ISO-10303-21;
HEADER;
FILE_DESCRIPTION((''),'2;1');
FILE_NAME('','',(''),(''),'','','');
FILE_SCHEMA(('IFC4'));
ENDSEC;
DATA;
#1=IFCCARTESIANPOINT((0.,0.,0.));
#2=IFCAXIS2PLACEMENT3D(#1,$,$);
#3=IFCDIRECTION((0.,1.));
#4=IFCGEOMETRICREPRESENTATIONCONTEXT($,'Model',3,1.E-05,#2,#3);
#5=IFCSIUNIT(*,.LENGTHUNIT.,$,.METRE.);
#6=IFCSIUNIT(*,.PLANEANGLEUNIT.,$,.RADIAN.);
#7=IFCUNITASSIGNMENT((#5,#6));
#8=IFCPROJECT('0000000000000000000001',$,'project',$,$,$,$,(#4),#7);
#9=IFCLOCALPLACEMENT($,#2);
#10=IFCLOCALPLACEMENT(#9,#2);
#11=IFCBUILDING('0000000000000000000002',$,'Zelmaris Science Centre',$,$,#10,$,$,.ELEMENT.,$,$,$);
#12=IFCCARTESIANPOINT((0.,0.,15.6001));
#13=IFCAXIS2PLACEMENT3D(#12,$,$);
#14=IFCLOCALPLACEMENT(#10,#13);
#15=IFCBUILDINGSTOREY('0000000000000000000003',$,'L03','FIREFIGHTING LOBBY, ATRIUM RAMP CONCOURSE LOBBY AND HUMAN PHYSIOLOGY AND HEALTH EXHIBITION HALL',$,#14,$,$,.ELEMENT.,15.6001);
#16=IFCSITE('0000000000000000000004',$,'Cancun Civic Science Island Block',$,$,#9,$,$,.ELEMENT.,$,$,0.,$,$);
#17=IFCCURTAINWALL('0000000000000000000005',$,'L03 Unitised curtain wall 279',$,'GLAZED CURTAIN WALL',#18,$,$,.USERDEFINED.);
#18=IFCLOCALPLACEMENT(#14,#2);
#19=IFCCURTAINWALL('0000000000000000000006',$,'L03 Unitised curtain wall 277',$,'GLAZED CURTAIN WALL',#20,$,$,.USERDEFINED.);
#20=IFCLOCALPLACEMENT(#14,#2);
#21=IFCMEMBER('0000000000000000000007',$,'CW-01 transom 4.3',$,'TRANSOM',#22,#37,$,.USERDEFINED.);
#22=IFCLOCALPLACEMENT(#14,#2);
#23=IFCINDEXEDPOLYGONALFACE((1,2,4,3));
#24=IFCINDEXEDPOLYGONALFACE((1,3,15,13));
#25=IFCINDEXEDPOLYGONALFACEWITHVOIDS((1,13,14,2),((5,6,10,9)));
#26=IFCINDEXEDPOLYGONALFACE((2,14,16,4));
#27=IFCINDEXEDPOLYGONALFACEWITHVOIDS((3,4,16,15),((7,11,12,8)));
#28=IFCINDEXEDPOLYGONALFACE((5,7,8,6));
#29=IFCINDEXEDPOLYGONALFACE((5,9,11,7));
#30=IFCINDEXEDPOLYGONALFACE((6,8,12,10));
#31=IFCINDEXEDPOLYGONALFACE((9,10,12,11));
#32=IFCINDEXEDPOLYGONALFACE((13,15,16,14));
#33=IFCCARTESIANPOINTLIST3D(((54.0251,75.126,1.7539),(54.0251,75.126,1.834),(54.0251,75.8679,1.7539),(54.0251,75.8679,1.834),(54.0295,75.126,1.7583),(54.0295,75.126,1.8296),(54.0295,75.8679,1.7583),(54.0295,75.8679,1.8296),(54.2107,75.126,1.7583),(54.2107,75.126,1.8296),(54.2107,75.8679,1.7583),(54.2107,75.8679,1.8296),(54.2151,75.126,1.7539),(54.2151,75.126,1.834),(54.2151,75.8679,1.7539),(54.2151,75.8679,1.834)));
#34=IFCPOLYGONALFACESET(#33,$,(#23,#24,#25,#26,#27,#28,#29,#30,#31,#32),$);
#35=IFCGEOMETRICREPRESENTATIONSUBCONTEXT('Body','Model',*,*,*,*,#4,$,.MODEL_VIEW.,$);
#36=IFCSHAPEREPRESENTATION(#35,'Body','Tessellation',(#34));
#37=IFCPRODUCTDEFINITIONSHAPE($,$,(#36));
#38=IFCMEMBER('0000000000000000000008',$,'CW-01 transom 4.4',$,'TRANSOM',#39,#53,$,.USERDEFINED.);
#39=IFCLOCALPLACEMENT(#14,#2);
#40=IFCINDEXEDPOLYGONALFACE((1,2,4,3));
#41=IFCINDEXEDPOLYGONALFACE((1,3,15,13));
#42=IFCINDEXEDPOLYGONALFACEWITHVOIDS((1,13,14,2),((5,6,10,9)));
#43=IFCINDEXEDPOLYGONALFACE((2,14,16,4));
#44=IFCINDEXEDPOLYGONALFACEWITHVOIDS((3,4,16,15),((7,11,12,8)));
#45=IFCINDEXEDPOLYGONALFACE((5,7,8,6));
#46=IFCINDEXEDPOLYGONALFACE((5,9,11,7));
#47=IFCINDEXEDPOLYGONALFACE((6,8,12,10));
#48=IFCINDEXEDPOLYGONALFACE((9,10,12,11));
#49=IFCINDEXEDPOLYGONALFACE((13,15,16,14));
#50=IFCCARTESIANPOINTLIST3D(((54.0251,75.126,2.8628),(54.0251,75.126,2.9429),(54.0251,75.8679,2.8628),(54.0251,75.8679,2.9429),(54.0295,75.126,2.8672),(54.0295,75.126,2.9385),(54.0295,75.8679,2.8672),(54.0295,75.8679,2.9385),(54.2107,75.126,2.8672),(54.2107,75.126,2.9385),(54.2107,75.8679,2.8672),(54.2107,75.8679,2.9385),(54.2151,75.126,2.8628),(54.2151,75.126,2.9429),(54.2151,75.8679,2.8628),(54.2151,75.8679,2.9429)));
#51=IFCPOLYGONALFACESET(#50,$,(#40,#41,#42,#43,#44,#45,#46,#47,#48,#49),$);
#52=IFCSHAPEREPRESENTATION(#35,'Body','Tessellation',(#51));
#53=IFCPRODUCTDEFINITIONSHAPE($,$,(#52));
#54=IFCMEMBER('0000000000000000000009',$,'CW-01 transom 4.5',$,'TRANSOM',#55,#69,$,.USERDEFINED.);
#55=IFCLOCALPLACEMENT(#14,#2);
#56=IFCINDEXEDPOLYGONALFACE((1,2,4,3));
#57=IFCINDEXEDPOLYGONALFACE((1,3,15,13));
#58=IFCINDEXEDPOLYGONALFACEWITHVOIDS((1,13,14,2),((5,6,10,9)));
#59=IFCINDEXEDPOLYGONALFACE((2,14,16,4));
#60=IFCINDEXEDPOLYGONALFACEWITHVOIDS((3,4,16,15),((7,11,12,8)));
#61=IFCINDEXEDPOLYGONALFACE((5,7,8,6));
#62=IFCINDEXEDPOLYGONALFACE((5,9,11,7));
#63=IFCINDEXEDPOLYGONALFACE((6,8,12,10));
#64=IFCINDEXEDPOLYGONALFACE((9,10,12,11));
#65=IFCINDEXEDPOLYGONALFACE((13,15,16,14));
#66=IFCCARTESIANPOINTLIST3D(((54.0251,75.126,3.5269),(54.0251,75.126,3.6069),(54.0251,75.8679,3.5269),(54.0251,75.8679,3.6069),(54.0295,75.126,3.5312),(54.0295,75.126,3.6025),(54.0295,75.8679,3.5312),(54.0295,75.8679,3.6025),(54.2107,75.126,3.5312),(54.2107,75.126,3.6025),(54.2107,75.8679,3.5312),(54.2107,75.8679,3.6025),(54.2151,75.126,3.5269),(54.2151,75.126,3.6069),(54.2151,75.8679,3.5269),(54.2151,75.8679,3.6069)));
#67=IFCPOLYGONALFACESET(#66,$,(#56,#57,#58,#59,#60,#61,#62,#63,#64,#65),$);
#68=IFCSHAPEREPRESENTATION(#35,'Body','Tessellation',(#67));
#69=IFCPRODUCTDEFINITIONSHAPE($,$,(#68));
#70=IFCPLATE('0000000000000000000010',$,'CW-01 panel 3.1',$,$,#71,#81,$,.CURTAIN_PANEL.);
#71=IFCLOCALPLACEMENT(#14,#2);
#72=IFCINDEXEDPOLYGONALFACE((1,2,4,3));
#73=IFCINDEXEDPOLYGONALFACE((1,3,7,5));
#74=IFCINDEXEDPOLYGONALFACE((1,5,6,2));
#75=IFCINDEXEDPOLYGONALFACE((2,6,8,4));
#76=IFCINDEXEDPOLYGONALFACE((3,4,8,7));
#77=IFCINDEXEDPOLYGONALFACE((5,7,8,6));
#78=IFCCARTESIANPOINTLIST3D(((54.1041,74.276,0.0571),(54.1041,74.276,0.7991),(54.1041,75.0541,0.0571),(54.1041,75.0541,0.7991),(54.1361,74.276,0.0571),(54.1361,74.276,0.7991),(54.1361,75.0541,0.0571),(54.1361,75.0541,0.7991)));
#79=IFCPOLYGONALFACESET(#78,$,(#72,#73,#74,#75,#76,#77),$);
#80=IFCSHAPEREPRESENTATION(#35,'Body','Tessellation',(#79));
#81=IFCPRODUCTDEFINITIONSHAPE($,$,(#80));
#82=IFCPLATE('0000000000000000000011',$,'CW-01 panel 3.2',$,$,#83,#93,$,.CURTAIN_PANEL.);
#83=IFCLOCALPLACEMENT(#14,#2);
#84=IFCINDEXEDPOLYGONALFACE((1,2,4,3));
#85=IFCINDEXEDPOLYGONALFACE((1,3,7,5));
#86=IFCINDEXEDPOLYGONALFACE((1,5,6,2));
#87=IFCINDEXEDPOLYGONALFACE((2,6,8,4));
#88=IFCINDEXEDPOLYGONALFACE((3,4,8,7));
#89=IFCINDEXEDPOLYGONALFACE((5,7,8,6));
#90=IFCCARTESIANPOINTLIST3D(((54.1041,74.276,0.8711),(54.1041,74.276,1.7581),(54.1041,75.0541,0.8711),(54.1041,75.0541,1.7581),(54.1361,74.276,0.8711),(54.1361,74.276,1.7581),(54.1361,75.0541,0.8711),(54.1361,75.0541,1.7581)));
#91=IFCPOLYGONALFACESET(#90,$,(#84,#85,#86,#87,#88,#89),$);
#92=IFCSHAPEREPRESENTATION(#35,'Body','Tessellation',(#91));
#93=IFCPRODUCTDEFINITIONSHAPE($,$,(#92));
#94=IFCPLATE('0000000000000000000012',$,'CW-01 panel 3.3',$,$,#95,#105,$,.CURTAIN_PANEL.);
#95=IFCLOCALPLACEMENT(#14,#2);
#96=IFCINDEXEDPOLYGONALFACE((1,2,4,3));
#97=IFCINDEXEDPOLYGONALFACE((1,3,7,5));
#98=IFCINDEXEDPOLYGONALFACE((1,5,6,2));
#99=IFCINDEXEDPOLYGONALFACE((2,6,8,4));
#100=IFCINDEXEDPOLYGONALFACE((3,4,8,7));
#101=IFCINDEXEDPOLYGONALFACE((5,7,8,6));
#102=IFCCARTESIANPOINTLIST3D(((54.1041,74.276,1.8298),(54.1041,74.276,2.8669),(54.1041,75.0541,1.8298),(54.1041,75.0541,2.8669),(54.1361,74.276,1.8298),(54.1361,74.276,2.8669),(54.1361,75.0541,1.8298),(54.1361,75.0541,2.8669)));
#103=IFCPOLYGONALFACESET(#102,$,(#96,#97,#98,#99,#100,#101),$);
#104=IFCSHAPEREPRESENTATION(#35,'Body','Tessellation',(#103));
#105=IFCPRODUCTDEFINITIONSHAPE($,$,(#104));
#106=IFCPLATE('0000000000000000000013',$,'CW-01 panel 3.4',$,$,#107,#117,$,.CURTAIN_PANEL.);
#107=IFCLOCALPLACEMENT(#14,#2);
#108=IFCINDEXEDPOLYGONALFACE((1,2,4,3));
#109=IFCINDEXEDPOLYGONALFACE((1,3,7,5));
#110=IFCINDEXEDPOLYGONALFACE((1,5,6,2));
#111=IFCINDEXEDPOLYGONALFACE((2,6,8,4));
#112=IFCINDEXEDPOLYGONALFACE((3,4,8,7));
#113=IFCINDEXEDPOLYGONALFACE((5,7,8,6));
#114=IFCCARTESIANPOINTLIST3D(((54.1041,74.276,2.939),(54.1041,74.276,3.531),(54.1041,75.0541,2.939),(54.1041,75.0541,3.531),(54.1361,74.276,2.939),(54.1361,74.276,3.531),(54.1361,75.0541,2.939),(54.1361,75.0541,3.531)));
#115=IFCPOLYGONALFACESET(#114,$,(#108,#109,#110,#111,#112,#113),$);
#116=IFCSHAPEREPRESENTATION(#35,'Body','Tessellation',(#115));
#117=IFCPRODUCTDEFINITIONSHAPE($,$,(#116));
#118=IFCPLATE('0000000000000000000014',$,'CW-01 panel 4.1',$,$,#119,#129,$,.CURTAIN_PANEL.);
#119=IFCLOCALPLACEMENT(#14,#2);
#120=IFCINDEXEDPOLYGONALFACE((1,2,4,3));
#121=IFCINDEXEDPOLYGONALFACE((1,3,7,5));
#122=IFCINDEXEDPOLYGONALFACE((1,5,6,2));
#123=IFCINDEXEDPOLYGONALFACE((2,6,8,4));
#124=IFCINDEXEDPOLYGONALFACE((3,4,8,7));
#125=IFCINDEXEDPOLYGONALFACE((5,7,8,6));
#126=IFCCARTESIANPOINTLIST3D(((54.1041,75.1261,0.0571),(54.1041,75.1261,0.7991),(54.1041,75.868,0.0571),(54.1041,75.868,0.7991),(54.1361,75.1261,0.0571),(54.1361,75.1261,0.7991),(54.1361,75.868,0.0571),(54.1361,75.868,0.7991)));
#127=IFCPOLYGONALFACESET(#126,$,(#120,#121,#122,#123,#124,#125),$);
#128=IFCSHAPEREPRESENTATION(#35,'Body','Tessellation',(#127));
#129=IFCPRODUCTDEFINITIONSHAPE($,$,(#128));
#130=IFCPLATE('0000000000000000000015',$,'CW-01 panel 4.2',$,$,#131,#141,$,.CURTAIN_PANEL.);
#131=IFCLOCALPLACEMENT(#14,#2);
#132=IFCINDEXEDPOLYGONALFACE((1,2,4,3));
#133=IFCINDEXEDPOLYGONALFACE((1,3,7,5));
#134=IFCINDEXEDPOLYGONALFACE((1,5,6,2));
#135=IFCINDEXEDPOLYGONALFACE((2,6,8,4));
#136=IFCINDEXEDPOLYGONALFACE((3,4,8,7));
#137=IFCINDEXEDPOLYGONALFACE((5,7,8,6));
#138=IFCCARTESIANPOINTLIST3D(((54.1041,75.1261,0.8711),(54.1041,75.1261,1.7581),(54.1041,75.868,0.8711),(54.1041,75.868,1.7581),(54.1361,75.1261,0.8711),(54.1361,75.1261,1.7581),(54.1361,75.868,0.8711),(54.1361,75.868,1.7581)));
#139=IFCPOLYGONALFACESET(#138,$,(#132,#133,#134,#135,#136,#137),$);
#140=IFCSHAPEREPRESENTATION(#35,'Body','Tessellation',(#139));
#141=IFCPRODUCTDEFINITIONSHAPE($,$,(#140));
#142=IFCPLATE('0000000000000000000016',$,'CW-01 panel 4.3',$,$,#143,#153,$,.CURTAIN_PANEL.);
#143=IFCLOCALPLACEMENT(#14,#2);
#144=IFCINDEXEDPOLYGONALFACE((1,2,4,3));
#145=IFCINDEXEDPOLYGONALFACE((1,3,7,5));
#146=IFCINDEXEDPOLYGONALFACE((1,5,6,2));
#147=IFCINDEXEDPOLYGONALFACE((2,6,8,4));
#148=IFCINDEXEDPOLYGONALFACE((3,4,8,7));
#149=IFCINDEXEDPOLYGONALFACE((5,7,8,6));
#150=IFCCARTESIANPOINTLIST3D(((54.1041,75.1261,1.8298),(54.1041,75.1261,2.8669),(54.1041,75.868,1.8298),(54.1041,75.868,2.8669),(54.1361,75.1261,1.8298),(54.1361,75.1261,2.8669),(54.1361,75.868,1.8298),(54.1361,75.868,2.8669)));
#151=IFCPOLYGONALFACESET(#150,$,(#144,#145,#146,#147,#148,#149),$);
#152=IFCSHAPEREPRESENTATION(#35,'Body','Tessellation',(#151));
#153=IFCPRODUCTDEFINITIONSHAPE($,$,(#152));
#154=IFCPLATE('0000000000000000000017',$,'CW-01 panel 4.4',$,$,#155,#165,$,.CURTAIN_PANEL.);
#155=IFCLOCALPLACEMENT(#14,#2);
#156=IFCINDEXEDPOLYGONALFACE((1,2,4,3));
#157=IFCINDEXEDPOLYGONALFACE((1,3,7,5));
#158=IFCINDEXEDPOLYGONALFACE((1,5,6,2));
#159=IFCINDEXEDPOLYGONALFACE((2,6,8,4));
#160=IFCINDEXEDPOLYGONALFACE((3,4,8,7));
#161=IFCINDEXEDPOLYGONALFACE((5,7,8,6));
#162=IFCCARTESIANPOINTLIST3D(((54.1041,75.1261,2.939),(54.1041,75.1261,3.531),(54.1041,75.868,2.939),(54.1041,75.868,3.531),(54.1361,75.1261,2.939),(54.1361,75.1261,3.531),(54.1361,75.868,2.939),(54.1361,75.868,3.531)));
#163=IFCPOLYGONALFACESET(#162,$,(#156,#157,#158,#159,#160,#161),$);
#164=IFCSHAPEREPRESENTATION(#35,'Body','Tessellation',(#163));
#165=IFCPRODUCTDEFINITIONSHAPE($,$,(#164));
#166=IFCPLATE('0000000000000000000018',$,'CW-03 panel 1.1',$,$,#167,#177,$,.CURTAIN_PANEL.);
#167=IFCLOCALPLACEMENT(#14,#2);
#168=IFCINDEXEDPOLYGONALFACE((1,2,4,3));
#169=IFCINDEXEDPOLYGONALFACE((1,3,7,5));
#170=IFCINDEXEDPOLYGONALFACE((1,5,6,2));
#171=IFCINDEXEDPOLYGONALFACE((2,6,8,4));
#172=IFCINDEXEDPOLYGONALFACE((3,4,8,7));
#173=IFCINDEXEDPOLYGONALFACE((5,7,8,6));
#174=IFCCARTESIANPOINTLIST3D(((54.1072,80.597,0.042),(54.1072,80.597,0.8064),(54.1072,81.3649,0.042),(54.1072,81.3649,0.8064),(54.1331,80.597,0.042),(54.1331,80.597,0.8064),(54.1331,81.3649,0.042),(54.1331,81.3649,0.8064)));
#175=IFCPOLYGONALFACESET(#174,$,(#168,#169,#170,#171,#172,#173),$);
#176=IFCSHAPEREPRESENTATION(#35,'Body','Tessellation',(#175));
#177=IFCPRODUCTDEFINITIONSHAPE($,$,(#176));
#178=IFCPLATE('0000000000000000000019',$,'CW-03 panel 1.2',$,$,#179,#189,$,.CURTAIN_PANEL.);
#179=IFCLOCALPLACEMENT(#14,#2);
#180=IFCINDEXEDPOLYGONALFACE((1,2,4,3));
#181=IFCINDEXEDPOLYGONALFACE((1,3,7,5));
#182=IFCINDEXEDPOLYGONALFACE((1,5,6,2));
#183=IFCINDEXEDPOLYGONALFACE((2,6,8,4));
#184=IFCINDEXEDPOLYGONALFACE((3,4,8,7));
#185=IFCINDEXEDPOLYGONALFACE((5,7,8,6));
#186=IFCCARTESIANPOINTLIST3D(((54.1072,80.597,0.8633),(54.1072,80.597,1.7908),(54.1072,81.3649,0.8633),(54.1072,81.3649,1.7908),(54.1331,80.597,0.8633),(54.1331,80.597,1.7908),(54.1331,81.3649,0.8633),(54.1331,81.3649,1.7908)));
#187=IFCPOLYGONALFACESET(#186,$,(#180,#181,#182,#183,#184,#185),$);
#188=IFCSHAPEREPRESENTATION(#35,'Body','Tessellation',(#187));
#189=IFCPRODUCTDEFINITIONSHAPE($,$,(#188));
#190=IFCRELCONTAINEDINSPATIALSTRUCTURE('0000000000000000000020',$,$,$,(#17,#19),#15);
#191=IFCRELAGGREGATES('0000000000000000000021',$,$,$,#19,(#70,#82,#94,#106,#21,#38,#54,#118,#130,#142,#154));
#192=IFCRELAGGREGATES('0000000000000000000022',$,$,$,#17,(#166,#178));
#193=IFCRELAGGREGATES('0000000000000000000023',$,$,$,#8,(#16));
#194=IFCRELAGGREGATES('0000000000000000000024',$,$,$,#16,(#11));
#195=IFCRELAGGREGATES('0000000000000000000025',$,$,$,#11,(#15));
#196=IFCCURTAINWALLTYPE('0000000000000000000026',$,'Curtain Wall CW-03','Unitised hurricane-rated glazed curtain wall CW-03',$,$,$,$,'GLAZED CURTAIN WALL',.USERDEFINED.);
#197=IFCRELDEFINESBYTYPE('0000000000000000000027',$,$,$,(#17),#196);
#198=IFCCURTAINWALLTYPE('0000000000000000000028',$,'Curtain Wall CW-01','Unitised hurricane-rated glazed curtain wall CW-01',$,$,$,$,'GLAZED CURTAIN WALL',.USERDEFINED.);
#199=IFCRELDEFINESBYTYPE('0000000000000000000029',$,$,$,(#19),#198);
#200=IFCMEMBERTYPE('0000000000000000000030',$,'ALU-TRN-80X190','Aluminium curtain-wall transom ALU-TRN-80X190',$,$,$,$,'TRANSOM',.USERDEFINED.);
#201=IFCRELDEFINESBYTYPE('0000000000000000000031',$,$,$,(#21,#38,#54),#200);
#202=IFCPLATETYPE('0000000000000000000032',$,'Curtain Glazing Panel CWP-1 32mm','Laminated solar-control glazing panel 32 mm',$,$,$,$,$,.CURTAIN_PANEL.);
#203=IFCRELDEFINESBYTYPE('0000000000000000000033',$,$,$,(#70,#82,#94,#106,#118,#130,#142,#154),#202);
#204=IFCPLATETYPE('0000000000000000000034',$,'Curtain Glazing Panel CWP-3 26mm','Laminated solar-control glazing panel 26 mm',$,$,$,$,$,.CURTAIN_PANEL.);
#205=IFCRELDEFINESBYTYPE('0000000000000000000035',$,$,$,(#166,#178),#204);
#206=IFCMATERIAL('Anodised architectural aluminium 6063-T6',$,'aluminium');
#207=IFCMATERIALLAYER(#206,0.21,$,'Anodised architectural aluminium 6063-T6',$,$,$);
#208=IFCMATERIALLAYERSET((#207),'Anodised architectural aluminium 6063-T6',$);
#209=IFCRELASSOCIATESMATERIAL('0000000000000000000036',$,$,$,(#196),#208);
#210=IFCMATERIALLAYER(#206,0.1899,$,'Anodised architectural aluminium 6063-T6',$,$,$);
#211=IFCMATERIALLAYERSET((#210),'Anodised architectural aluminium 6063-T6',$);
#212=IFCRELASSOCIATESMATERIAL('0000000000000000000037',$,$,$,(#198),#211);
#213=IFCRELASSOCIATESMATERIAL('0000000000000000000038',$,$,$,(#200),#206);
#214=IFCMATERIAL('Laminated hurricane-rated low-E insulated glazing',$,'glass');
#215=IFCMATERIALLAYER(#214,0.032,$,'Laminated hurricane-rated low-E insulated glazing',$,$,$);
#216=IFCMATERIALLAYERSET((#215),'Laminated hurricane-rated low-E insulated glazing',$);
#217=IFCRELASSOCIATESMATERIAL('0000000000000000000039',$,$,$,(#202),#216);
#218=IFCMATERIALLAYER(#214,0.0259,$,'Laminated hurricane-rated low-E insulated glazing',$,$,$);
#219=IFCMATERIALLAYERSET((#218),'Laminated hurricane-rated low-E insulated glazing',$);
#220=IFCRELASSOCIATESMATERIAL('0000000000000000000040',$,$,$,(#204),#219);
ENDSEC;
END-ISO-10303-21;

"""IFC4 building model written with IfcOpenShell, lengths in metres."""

from ifc_helpers import new_model, si_unit, direction, frame, origin, origin_2d, place, context, subcontext, project, spatial, rectangle, hollow_rectangle, extrude, material, layer, layer_set, material_profile, profile_set, type_object, element, aggregate, save


model = new_model("IFC4")

# Units and contexts
model_context = context("Model", 3, precision=1e-05, world=origin(), true_north=direction((0.0, 1.0)))
body_context = subcontext(model_context, "Body", "Model", "MODEL_VIEW")
ifc_project = project(units=[si_unit("LENGTHUNIT", "METRE"), si_unit("PLANEANGLEUNIT", "RADIAN")], contexts=[model_context])

# Site, building, storey
site_placement = place(None, origin())
site = spatial("IfcSite", under=ifc_project, at=site_placement, Name="Cancun Civic Science Island Block", CompositionType="ELEMENT", RefElevation=0.0)
building_placement = place(site_placement, origin())
building = spatial("IfcBuilding", under=site, at=building_placement, Name="Zelmaris Science Centre", CompositionType="ELEMENT")
storey_placement = place(building_placement, frame((0.0, 0.0, 15.6001)))
storey = spatial("IfcBuildingStorey", under=building, at=storey_placement, Name="L03", Description="FIREFIGHTING LOBBY, ATRIUM RAMP CONCOURSE LOBBY AND HUMAN PHYSIOLOGY AND HEALTH EXHIBITION HALL", CompositionType="ELEMENT", Elevation=15.6001)

# Curtain walls
ifc_material_1 = material(Name="Anodised architectural aluminium 6063-T6", Category="aluminium")
ifc_layer_1 = layer(ifc_material_1, 0.21, Name="Anodised architectural aluminium 6063-T6")
ifc_layer_set_1 = layer_set([ifc_layer_1], Name="Anodised architectural aluminium 6063-T6")
curtain_wall_type_1 = type_object("IfcCurtainWallType", Name="Curtain Wall CW-03", Description="Unitised hurricane-rated glazed curtain wall CW-03", ElementType="GLAZED CURTAIN WALL", PredefinedType="USERDEFINED", material=ifc_layer_set_1)
curtain_wall_1_placement = place(storey_placement, origin())
curtain_wall_1 = element("IfcCurtainWall", 1, at=curtain_wall_1_placement, inside=storey, type_object=curtain_wall_type_1, Name="L03 Unitised curtain wall 279", ObjectType="GLAZED CURTAIN WALL", PredefinedType="USERDEFINED")
ifc_layer_2 = layer(ifc_material_1, 0.1899, Name="Anodised architectural aluminium 6063-T6")
ifc_layer_set_2 = layer_set([ifc_layer_2], Name="Anodised architectural aluminium 6063-T6")
curtain_wall_type_2 = type_object("IfcCurtainWallType", Name="Curtain Wall CW-01", Description="Unitised hurricane-rated glazed curtain wall CW-01", ElementType="GLAZED CURTAIN WALL", PredefinedType="USERDEFINED", material=ifc_layer_set_2)
curtain_wall_2_placement = place(storey_placement, origin())
curtain_wall_2 = element("IfcCurtainWall", 2, at=curtain_wall_2_placement, inside=storey, type_object=curtain_wall_type_2, Name="L03 Unitised curtain wall 277", ObjectType="GLAZED CURTAIN WALL", PredefinedType="USERDEFINED")

# Members
ifc_material_profile_1 = material_profile(ifc_material_1, hollow_rectangle(XDim=0.0801, YDim=0.1899, WallThickness=0.0044, at=origin_2d()), Name="ALU-TRN-80X190")
ifc_profile_set_1 = profile_set([ifc_material_profile_1], Name="Anodised architectural aluminium 6063-T6")
member_type_1 = type_object("IfcMemberType", Name="ALU-TRN-80X190", Description="Aluminium curtain-wall transom ALU-TRN-80X190", ElementType="TRANSOM", PredefinedType="USERDEFINED", material=ifc_profile_set_1)
member_1_placement = place(storey_placement, frame((54.1201, 75.126, 1.7939), z_axis=(0.0, 1.0, 0.0), x_axis=(0.0, 0.0, 1.0)))
member_1 = element("IfcMember", 3, at=member_1_placement, type_object=member_type_1, Name="CW-01 transom 4.3", ObjectType="TRANSOM", PredefinedType="USERDEFINED", context=body_context, shape_type="SweptSolid", body=[
    extrude(hollow_rectangle(XDim=0.0801, YDim=0.1899, WallThickness=0.0044, at=origin_2d()), origin(), (0.0, 0.0, 1.0), 0.7419),
])
member_2_placement = place(storey_placement, frame((54.1201, 75.126, 2.9028), z_axis=(0.0, 1.0, 0.0), x_axis=(0.0, 0.0, 1.0)))
member_2 = element("IfcMember", 4, at=member_2_placement, type_object=member_type_1, Name="CW-01 transom 4.4", ObjectType="TRANSOM", PredefinedType="USERDEFINED", context=body_context, shape_type="SweptSolid", body=[
    extrude(hollow_rectangle(XDim=0.0801, YDim=0.1899, WallThickness=0.0044, at=origin_2d()), origin(), (0.0, 0.0, 1.0), 0.7419),
])
member_3_placement = place(storey_placement, frame((54.1201, 75.126, 3.5669), z_axis=(0.0, 1.0, 0.0), x_axis=(0.0, 0.0, 1.0)))
member_3 = element("IfcMember", 5, at=member_3_placement, type_object=member_type_1, Name="CW-01 transom 4.5", ObjectType="TRANSOM", PredefinedType="USERDEFINED", context=body_context, shape_type="SweptSolid", body=[
    extrude(hollow_rectangle(XDim=0.0801, YDim=0.1899, WallThickness=0.0044, at=origin_2d()), origin(), (0.0, 0.0, 1.0), 0.7419),
])

# Plates
ifc_material_2 = material(Name="Laminated hurricane-rated low-E insulated glazing", Category="glass")
ifc_layer_3 = layer(ifc_material_2, 0.032, Name="Laminated hurricane-rated low-E insulated glazing")
ifc_layer_set_3 = layer_set([ifc_layer_3], Name="Laminated hurricane-rated low-E insulated glazing")
plate_type_1 = type_object("IfcPlateType", Name="Curtain Glazing Panel CWP-1 32mm", Description="Laminated solar-control glazing panel 32 mm", PredefinedType="CURTAIN_PANEL", material=ifc_layer_set_3)
plate_1_placement = place(storey_placement, frame((54.1201, 74.665, 0.0571), z_axis=(0.0, 0.0, 1.0), x_axis=(0.0, 1.0, 0.0)))
plate_1 = element("IfcPlate", 6, at=plate_1_placement, type_object=plate_type_1, Name="CW-01 panel 3.1", PredefinedType="CURTAIN_PANEL", context=body_context, shape_type="SweptSolid", body=[
    extrude(rectangle(XDim=0.7781, YDim=0.032, at=origin_2d()), origin(), (0.0, 0.0, 1.0), 0.7419),
])
plate_2_placement = place(storey_placement, frame((54.1201, 74.665, 0.8711), z_axis=(0.0, 0.0, 1.0), x_axis=(0.0, 1.0, 0.0)))
plate_2 = element("IfcPlate", 7, at=plate_2_placement, type_object=plate_type_1, Name="CW-01 panel 3.2", PredefinedType="CURTAIN_PANEL", context=body_context, shape_type="SweptSolid", body=[
    extrude(rectangle(XDim=0.7781, YDim=0.032, at=origin_2d()), origin(), (0.0, 0.0, 1.0), 0.887),
])
plate_3_placement = place(storey_placement, frame((54.1201, 74.665, 1.8298), z_axis=(0.0, 0.0, 1.0), x_axis=(0.0, 1.0, 0.0)))
plate_3 = element("IfcPlate", 8, at=plate_3_placement, type_object=plate_type_1, Name="CW-01 panel 3.3", PredefinedType="CURTAIN_PANEL", context=body_context, shape_type="SweptSolid", body=[
    extrude(rectangle(XDim=0.7781, YDim=0.032, at=origin_2d()), origin(), (0.0, 0.0, 1.0), 1.0371),
])
plate_4_placement = place(storey_placement, frame((54.1201, 74.665, 2.939), z_axis=(0.0, 0.0, 1.0), x_axis=(0.0, 1.0, 0.0)))
plate_4 = element("IfcPlate", 9, at=plate_4_placement, type_object=plate_type_1, Name="CW-01 panel 3.4", PredefinedType="CURTAIN_PANEL", context=body_context, shape_type="SweptSolid", body=[
    extrude(rectangle(XDim=0.7781, YDim=0.032, at=origin_2d()), origin(), (0.0, 0.0, 1.0), 0.592),
])
plate_5_placement = place(storey_placement, frame((54.1201, 75.4971, 0.0571), z_axis=(0.0, 0.0, 1.0), x_axis=(0.0, 1.0, 0.0)))
plate_5 = element("IfcPlate", 10, at=plate_5_placement, type_object=plate_type_1, Name="CW-01 panel 4.1", PredefinedType="CURTAIN_PANEL", context=body_context, shape_type="SweptSolid", body=[
    extrude(rectangle(XDim=0.7419, YDim=0.032, at=origin_2d()), origin(), (0.0, 0.0, 1.0), 0.7419),
])
plate_6_placement = place(storey_placement, frame((54.1201, 75.4971, 0.8711), z_axis=(0.0, 0.0, 1.0), x_axis=(0.0, 1.0, 0.0)))
plate_6 = element("IfcPlate", 11, at=plate_6_placement, type_object=plate_type_1, Name="CW-01 panel 4.2", PredefinedType="CURTAIN_PANEL", context=body_context, shape_type="SweptSolid", body=[
    extrude(rectangle(XDim=0.7419, YDim=0.032, at=origin_2d()), origin(), (0.0, 0.0, 1.0), 0.887),
])
plate_7_placement = place(storey_placement, frame((54.1201, 75.4971, 1.8298), z_axis=(0.0, 0.0, 1.0), x_axis=(0.0, 1.0, 0.0)))
plate_7 = element("IfcPlate", 12, at=plate_7_placement, type_object=plate_type_1, Name="CW-01 panel 4.3", PredefinedType="CURTAIN_PANEL", context=body_context, shape_type="SweptSolid", body=[
    extrude(rectangle(XDim=0.7419, YDim=0.032, at=origin_2d()), origin(), (0.0, 0.0, 1.0), 1.0371),
])
plate_8_placement = place(storey_placement, frame((54.1201, 75.4971, 2.939), z_axis=(0.0, 0.0, 1.0), x_axis=(0.0, 1.0, 0.0)))
plate_8 = element("IfcPlate", 13, at=plate_8_placement, type_object=plate_type_1, Name="CW-01 panel 4.4", PredefinedType="CURTAIN_PANEL", context=body_context, shape_type="SweptSolid", body=[
    extrude(rectangle(XDim=0.7419, YDim=0.032, at=origin_2d()), origin(), (0.0, 0.0, 1.0), 0.592),
])
aggregate(curtain_wall_2, [plate_1, plate_2, plate_3, plate_4, member_1, member_2, member_3, plate_5, plate_6, plate_7, plate_8])
ifc_layer_4 = layer(ifc_material_2, 0.0259, Name="Laminated hurricane-rated low-E insulated glazing")
ifc_layer_set_4 = layer_set([ifc_layer_4], Name="Laminated hurricane-rated low-E insulated glazing")
plate_type_2 = type_object("IfcPlateType", Name="Curtain Glazing Panel CWP-3 26mm", Description="Laminated solar-control glazing panel 26 mm", PredefinedType="CURTAIN_PANEL", material=ifc_layer_set_4)
plate_9_placement = place(storey_placement, frame((54.1201, 80.981, 0.042), z_axis=(0.0, 0.0, 1.0), x_axis=(0.0, 1.0, 0.0)))
plate_9 = element("IfcPlate", 14, at=plate_9_placement, type_object=plate_type_2, Name="CW-03 panel 1.1", PredefinedType="CURTAIN_PANEL", context=body_context, shape_type="SweptSolid", body=[
    extrude(rectangle(XDim=0.7678, YDim=0.0259, at=origin_2d()), origin(), (0.0, 0.0, 1.0), 0.7644),
])
plate_10_placement = place(storey_placement, frame((54.1201, 80.981, 0.8633), z_axis=(0.0, 0.0, 1.0), x_axis=(0.0, 1.0, 0.0)))
plate_10 = element("IfcPlate", 15, at=plate_10_placement, type_object=plate_type_2, Name="CW-03 panel 1.2", PredefinedType="CURTAIN_PANEL", context=body_context, shape_type="SweptSolid", body=[
    extrude(rectangle(XDim=0.7678, YDim=0.0259, at=origin_2d()), origin(), (0.0, 0.0, 1.0), 0.9275),
])
aggregate(curtain_wall_1, [plate_9, plate_10])

save(model, "model.ifc")
